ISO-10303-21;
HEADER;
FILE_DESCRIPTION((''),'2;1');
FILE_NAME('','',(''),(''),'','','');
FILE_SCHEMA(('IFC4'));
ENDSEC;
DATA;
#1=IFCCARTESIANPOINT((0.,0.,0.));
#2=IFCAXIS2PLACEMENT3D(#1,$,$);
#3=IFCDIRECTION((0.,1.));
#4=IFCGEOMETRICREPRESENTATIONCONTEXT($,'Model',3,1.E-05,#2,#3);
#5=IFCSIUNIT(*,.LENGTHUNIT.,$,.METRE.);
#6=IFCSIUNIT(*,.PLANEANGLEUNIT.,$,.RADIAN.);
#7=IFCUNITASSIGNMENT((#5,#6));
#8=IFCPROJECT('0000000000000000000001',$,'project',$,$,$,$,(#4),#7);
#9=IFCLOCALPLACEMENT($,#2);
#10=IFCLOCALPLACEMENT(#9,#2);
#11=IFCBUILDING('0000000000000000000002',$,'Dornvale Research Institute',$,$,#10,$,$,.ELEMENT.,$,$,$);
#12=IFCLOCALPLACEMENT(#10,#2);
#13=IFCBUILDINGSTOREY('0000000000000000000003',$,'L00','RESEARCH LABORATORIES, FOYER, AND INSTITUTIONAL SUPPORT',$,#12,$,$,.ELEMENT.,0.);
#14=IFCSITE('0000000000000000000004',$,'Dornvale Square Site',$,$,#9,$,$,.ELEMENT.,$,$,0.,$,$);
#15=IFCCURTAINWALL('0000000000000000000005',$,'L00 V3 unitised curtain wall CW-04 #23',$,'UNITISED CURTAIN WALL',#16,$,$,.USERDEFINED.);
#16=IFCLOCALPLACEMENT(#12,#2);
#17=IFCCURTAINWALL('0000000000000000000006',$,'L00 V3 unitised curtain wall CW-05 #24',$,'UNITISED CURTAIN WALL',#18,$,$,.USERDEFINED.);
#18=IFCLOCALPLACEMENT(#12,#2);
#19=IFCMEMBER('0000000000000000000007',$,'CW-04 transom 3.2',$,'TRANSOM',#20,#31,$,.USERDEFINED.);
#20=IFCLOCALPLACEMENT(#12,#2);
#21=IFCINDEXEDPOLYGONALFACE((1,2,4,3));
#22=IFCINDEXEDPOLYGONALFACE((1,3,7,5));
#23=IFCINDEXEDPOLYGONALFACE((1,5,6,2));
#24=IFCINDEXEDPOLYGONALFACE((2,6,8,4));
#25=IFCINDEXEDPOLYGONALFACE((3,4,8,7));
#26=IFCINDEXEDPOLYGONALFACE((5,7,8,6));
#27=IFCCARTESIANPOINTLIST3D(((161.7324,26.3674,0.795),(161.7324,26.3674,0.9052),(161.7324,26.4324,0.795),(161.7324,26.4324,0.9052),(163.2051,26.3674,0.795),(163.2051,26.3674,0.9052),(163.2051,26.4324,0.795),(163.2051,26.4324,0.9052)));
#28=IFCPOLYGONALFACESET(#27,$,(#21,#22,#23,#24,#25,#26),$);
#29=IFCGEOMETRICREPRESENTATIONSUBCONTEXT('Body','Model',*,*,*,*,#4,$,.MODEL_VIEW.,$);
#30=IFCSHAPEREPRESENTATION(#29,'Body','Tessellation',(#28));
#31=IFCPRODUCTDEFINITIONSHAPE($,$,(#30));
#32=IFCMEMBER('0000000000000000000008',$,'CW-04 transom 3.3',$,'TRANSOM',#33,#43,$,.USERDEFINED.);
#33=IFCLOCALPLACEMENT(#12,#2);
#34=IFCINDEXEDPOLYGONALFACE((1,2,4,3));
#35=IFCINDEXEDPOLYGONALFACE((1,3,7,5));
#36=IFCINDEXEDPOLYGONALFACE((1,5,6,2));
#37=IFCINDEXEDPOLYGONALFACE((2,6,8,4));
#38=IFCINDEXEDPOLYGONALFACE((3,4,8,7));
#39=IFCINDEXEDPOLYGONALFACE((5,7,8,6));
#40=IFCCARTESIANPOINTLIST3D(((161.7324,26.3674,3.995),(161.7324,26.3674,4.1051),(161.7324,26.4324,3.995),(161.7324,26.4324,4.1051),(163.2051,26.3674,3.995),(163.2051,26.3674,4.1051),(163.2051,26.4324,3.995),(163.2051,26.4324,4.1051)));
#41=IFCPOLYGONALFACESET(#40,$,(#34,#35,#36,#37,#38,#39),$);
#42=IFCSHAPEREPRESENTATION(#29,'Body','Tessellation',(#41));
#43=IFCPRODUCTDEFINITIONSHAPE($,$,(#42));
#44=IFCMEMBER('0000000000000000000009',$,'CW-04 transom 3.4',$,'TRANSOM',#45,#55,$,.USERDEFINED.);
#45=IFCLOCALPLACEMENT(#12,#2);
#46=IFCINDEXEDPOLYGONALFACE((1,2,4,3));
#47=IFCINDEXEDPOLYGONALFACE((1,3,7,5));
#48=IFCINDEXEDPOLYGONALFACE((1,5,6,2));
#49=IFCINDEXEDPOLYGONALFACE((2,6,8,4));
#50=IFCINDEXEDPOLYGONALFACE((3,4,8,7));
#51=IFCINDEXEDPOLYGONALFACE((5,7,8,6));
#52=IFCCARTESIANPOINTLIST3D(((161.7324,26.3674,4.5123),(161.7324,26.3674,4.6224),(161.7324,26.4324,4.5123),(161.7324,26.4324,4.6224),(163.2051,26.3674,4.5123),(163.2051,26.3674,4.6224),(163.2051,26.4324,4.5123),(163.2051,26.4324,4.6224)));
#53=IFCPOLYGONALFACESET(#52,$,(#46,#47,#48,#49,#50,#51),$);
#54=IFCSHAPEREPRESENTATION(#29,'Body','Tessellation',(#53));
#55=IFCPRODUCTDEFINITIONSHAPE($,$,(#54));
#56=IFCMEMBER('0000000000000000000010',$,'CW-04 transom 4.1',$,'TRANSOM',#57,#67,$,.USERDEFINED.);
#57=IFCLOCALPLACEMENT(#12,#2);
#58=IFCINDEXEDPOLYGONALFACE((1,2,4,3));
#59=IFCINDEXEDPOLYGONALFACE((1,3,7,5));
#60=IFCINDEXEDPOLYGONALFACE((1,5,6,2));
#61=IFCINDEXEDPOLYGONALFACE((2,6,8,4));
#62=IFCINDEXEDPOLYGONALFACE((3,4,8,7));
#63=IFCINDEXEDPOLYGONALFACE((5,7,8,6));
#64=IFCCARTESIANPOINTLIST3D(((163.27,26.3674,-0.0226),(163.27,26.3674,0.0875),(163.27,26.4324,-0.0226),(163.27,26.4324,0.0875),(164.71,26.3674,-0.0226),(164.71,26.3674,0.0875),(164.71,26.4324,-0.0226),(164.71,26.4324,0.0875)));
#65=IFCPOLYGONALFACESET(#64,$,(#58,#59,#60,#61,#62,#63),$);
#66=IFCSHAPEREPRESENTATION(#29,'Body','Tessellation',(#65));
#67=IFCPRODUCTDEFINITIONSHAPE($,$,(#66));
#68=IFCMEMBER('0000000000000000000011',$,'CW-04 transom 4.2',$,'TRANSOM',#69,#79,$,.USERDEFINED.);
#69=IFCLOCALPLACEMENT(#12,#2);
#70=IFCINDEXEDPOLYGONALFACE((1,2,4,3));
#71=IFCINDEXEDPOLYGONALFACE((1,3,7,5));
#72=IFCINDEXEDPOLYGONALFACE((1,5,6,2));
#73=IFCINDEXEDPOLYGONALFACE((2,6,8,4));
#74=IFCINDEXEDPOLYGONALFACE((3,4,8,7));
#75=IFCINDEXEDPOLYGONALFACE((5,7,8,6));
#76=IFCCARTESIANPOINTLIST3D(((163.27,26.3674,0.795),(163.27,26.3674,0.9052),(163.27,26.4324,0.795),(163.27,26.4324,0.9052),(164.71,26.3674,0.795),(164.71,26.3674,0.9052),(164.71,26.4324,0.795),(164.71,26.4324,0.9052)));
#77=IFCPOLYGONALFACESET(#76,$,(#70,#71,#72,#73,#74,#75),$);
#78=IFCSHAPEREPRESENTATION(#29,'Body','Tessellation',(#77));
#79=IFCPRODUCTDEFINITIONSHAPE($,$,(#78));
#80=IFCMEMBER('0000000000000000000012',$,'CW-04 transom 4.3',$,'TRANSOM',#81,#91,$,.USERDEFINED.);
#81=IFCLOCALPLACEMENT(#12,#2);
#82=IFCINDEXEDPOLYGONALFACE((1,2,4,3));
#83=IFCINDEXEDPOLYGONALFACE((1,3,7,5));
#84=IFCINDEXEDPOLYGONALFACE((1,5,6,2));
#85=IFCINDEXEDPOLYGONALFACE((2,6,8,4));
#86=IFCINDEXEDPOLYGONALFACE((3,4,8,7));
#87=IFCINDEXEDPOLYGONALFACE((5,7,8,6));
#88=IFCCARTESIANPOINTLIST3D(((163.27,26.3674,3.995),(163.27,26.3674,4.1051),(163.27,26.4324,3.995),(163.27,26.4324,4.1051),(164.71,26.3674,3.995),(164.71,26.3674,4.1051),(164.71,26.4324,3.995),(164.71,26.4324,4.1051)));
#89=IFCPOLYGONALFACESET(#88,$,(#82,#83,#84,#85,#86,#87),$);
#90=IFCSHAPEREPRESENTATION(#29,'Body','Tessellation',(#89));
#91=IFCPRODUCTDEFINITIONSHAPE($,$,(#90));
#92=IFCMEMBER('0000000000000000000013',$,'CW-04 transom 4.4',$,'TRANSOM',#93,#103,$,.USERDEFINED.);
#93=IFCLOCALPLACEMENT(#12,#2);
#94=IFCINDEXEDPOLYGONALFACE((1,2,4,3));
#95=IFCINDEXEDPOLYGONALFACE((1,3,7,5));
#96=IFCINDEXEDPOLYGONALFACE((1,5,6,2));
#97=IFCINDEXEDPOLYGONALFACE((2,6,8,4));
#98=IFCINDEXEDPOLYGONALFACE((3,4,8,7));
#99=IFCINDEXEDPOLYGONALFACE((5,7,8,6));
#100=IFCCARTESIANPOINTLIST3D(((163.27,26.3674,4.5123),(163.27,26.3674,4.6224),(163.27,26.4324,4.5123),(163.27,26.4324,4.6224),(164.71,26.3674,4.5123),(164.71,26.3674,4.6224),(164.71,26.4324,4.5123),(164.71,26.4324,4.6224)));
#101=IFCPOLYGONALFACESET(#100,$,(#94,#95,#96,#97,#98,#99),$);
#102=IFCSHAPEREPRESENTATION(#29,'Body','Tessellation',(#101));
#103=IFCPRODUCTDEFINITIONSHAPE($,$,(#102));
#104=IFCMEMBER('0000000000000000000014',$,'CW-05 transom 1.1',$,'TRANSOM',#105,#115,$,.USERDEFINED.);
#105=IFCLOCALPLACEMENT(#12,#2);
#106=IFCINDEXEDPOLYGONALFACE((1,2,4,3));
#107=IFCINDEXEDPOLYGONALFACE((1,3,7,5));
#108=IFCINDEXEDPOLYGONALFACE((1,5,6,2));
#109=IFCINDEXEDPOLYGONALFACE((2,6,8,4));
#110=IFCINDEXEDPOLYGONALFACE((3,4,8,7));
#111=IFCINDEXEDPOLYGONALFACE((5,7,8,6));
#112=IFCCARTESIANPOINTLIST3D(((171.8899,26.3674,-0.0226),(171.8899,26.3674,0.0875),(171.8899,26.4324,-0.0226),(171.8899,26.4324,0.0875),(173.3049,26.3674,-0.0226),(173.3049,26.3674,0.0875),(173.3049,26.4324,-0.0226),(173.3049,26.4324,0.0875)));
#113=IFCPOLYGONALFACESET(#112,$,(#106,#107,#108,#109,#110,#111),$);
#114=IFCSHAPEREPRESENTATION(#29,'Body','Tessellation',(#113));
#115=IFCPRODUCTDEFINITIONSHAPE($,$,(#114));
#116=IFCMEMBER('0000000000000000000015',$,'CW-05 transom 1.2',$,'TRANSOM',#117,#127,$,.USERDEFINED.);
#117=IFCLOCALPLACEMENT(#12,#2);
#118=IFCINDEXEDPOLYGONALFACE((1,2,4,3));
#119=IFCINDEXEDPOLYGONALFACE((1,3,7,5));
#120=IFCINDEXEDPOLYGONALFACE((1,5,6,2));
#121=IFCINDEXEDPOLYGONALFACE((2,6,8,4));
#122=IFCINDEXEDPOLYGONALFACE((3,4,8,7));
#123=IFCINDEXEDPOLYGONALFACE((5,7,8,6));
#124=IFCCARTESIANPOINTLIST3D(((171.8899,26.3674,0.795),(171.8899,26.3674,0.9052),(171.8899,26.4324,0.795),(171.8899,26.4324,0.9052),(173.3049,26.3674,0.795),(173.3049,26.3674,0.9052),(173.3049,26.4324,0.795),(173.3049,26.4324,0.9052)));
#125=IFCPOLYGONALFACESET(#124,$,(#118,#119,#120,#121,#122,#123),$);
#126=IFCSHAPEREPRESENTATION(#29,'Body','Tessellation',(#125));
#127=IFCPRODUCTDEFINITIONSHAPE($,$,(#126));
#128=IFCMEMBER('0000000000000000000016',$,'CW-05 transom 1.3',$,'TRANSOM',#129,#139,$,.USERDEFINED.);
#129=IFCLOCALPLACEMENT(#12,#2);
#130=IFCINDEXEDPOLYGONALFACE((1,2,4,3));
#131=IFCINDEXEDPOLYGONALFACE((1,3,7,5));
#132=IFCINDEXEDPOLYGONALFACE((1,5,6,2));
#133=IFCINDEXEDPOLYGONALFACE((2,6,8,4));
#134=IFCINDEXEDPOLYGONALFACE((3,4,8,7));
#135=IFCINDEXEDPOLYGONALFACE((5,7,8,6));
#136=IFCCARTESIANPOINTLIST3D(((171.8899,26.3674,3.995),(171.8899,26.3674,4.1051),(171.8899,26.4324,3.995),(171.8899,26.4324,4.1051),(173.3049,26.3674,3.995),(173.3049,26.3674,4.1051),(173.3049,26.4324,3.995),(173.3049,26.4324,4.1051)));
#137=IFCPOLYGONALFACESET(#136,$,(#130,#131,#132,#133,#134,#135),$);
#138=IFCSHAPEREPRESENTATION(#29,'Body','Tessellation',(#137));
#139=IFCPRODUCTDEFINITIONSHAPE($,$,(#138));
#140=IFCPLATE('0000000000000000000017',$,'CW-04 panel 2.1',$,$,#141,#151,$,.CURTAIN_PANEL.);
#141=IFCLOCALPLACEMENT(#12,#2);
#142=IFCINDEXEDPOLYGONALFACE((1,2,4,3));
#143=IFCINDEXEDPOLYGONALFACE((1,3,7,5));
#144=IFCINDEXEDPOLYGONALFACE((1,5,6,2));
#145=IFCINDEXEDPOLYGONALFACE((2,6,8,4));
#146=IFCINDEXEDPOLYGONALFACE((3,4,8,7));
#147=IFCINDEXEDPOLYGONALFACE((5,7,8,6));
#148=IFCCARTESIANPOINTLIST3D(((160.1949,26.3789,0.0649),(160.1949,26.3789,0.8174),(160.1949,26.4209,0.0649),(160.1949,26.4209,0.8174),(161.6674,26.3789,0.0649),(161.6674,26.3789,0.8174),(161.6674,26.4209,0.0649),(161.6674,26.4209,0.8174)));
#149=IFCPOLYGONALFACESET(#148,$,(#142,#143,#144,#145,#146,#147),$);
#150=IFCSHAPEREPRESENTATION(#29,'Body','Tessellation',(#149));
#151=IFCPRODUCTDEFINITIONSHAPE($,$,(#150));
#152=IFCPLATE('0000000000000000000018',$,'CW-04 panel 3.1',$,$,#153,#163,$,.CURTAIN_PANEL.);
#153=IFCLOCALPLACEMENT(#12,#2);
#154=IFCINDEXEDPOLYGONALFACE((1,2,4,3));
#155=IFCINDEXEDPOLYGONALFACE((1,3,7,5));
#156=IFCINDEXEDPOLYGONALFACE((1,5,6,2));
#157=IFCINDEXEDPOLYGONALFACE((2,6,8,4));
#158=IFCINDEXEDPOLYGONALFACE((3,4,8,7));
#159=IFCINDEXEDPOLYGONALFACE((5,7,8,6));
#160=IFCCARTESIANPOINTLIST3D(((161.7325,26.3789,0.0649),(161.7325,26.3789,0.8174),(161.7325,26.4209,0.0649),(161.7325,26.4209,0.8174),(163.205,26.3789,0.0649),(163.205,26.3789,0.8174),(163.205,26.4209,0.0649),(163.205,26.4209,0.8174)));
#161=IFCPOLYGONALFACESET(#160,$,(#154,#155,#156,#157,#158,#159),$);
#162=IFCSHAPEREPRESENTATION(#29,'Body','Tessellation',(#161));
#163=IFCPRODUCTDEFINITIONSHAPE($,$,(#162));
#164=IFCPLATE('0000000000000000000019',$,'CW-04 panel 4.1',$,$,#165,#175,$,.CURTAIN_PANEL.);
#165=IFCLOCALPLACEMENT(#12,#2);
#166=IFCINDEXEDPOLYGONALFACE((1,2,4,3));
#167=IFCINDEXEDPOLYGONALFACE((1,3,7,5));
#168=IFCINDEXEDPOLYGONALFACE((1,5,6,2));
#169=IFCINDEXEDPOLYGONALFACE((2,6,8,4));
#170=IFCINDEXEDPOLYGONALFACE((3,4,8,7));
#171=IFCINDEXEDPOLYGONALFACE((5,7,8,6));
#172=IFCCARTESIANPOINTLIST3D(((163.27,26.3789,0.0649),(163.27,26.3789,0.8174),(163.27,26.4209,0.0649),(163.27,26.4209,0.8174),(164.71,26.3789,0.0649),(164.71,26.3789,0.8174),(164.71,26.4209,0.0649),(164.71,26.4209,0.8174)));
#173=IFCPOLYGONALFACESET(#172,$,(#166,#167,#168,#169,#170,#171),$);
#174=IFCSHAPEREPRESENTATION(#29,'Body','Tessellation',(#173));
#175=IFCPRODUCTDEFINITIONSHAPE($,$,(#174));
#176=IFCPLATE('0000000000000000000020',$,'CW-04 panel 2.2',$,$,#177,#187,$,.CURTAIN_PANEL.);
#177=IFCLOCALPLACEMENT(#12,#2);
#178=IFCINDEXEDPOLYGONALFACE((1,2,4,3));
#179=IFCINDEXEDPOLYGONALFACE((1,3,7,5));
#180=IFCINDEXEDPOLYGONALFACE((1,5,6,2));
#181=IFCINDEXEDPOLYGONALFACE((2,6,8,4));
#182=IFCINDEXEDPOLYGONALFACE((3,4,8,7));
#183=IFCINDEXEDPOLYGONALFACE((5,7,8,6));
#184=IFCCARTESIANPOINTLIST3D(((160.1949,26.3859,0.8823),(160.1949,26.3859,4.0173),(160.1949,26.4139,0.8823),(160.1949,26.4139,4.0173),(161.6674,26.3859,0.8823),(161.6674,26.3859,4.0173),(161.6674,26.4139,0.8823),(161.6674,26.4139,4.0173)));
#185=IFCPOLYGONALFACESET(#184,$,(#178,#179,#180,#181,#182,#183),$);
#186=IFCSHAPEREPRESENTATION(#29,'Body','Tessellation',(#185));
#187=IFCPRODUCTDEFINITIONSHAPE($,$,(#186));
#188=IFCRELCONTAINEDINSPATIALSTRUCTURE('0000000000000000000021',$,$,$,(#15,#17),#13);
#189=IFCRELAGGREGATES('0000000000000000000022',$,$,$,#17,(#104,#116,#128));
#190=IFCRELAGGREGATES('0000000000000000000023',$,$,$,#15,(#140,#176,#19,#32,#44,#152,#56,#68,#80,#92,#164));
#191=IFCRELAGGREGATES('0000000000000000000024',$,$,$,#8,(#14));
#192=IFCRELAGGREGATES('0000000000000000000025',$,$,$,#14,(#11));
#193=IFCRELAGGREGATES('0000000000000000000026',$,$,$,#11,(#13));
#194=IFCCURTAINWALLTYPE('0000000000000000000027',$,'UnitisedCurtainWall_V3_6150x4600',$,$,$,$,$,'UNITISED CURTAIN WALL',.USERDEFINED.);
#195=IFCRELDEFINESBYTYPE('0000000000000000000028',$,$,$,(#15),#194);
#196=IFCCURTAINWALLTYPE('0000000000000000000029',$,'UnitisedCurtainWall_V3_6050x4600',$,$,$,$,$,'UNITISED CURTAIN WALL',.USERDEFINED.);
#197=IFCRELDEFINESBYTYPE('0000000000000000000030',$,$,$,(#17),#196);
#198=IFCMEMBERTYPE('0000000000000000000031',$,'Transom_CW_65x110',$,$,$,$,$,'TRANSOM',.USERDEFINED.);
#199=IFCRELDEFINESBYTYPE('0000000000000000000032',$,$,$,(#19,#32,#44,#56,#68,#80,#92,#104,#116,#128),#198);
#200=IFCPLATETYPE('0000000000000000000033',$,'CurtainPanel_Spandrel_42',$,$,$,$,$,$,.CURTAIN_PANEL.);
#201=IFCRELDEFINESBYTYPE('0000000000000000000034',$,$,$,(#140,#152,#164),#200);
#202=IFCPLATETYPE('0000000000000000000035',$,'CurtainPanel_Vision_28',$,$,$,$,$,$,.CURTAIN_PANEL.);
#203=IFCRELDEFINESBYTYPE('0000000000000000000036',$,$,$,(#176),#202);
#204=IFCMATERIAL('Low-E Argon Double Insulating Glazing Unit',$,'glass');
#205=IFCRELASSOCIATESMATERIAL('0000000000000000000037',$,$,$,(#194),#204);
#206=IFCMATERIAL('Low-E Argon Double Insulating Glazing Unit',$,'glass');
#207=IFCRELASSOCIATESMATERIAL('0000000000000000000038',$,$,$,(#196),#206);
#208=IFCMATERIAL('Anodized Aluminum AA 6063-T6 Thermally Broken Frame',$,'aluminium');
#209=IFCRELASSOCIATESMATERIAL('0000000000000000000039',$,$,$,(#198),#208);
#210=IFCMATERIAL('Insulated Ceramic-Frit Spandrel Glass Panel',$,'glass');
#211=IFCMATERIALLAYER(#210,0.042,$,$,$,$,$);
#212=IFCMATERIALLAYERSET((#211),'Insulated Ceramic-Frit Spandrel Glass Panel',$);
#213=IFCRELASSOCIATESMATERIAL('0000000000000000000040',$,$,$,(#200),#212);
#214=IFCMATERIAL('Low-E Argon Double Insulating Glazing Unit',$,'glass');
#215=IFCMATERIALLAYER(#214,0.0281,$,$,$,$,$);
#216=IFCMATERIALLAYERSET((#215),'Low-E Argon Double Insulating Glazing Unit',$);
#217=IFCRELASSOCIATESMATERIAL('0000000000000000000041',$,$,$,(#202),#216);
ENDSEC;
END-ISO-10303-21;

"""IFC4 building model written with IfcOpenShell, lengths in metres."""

from ifc_helpers import new_model, si_unit, direction, frame, origin, origin_2d, place, context, subcontext, project, spatial, rectangle, extrude, material, layer, layer_set, material_profile, profile_set, type_object, element, aggregate, save


model = new_model("IFC4")

# Units and contexts
model_context = context("Model", 3, precision=1e-05, world=origin(), true_north=direction((0.0, 1.0)))
body_context = subcontext(model_context, "Body", "Model", "MODEL_VIEW")
ifc_project = project(units=[si_unit("LENGTHUNIT", "METRE"), si_unit("PLANEANGLEUNIT", "RADIAN")], contexts=[model_context])

# Site, building, storey
site_placement = place(None, origin())
site = spatial("IfcSite", under=ifc_project, at=site_placement, Name="Dornvale Square Site", CompositionType="ELEMENT", RefElevation=0.0)
building_placement = place(site_placement, origin())
building = spatial("IfcBuilding", under=site, at=building_placement, Name="Dornvale Research Institute", CompositionType="ELEMENT")
storey_placement = place(building_placement, origin())
storey = spatial("IfcBuildingStorey", under=building, at=storey_placement, Name="L00", Description="RESEARCH LABORATORIES, FOYER, AND INSTITUTIONAL SUPPORT", CompositionType="ELEMENT", Elevation=0.0)

# Curtain wall
ifc_material_1 = material(Name="Low-E Argon Double Insulating Glazing Unit", Category="glass")
curtain_wall_type_1 = type_object("IfcCurtainWallType", Name="UnitisedCurtainWall_V3_6150x4600", ElementType="UNITISED CURTAIN WALL", PredefinedType="USERDEFINED", material=ifc_material_1)
curtain_wall_1_placement = place(storey_placement, origin())
curtain_wall_1 = element("IfcCurtainWall", 1, at=curtain_wall_1_placement, inside=storey, type_object=curtain_wall_type_1, Name="L00 V3 unitised curtain wall CW-04 #23", ObjectType="UNITISED CURTAIN WALL", PredefinedType="USERDEFINED")

# Curtain wall
ifc_material_2 = material(Name="Low-E Argon Double Insulating Glazing Unit", Category="glass")
curtain_wall_type_2 = type_object("IfcCurtainWallType", Name="UnitisedCurtainWall_V3_6050x4600", ElementType="UNITISED CURTAIN WALL", PredefinedType="USERDEFINED", material=ifc_material_2)
curtain_wall_2_placement = place(storey_placement, origin())
curtain_wall_2 = element("IfcCurtainWall", 2, at=curtain_wall_2_placement, inside=storey, type_object=curtain_wall_type_2, Name="L00 V3 unitised curtain wall CW-05 #24", ObjectType="UNITISED CURTAIN WALL", PredefinedType="USERDEFINED")

# Members
ifc_material_3 = material(Name="Anodized Aluminum AA 6063-T6 Thermally Broken Frame", Category="aluminium")
ifc_material_profile_1 = material_profile(ifc_material_3, rectangle(XDim=0.0649, YDim=0.1101, at=origin_2d()), Name="ALU TRANSOM 65x110")
ifc_profile_set_1 = profile_set([ifc_material_profile_1], Name="Anodized Aluminum AA 6063-T6 Thermally Broken Frame")
member_type_1 = type_object("IfcMemberType", Name="Transom_CW_65x110", ElementType="TRANSOM", PredefinedType="USERDEFINED", material=ifc_profile_set_1)
member_1_placement = place(storey_placement, frame((161.7324, 26.3999, 0.8501), z_axis=(1.0, 0.0, 0.0), x_axis=(0.0, 1.0, 0.0)))
member_1 = element("IfcMember", 3, at=member_1_placement, type_object=member_type_1, Name="CW-04 transom 3.2", ObjectType="TRANSOM", PredefinedType="USERDEFINED", context=body_context, shape_type="SweptSolid", body=[
    extrude(rectangle(XDim=0.0649, YDim=0.1101, at=origin_2d()), origin(), (0.0, 0.0, 1.0), 1.4727),
])
member_2_placement = place(storey_placement, frame((161.7324, 26.3999, 4.05), z_axis=(1.0, 0.0, 0.0), x_axis=(0.0, 1.0, 0.0)))
member_2 = element("IfcMember", 4, at=member_2_placement, type_object=member_type_1, Name="CW-04 transom 3.3", ObjectType="TRANSOM", PredefinedType="USERDEFINED", context=body_context, shape_type="SweptSolid", body=[
    extrude(rectangle(XDim=0.0649, YDim=0.1101, at=origin_2d()), origin(), (0.0, 0.0, 1.0), 1.4727),
])
member_3_placement = place(storey_placement, frame((161.7324, 26.3999, 4.5674), z_axis=(1.0, 0.0, 0.0), x_axis=(0.0, 1.0, 0.0)))
member_3 = element("IfcMember", 5, at=member_3_placement, type_object=member_type_1, Name="CW-04 transom 3.4", ObjectType="TRANSOM", PredefinedType="USERDEFINED", context=body_context, shape_type="SweptSolid", body=[
    extrude(rectangle(XDim=0.0649, YDim=0.1101, at=origin_2d()), origin(), (0.0, 0.0, 1.0), 1.4727),
])
member_4_placement = place(storey_placement, frame((163.27, 26.3999, 0.0325), z_axis=(1.0, 0.0, 0.0), x_axis=(0.0, 1.0, 0.0)))
member_4 = element("IfcMember", 6, at=member_4_placement, type_object=member_type_1, Name="CW-04 transom 4.1", ObjectType="TRANSOM", PredefinedType="USERDEFINED", context=body_context, shape_type="SweptSolid", body=[
    extrude(rectangle(XDim=0.0649, YDim=0.1101, at=origin_2d()), origin(), (0.0, 0.0, 1.0), 1.4399),
])
member_5_placement = place(storey_placement, frame((163.27, 26.3999, 0.8501), z_axis=(1.0, 0.0, 0.0), x_axis=(0.0, 1.0, 0.0)))
member_5 = element("IfcMember", 7, at=member_5_placement, type_object=member_type_1, Name="CW-04 transom 4.2", ObjectType="TRANSOM", PredefinedType="USERDEFINED", context=body_context, shape_type="SweptSolid", body=[
    extrude(rectangle(XDim=0.0649, YDim=0.1101, at=origin_2d()), origin(), (0.0, 0.0, 1.0), 1.4399),
])
member_6_placement = place(storey_placement, frame((163.27, 26.3999, 4.05), z_axis=(1.0, 0.0, 0.0), x_axis=(0.0, 1.0, 0.0)))
member_6 = element("IfcMember", 8, at=member_6_placement, type_object=member_type_1, Name="CW-04 transom 4.3", ObjectType="TRANSOM", PredefinedType="USERDEFINED", context=body_context, shape_type="SweptSolid", body=[
    extrude(rectangle(XDim=0.0649, YDim=0.1101, at=origin_2d()), origin(), (0.0, 0.0, 1.0), 1.4399),
])
member_7_placement = place(storey_placement, frame((163.27, 26.3999, 4.5674), z_axis=(1.0, 0.0, 0.0), x_axis=(0.0, 1.0, 0.0)))
member_7 = element("IfcMember", 9, at=member_7_placement, type_object=member_type_1, Name="CW-04 transom 4.4", ObjectType="TRANSOM", PredefinedType="USERDEFINED", context=body_context, shape_type="SweptSolid", body=[
    extrude(rectangle(XDim=0.0649, YDim=0.1101, at=origin_2d()), origin(), (0.0, 0.0, 1.0), 1.4399),
])
member_8_placement = place(storey_placement, frame((171.8899, 26.3999, 0.0325), z_axis=(1.0, 0.0, 0.0), x_axis=(0.0, 1.0, 0.0)))
member_8 = element("IfcMember", 10, at=member_8_placement, type_object=member_type_1, Name="CW-05 transom 1.1", ObjectType="TRANSOM", PredefinedType="USERDEFINED", context=body_context, shape_type="SweptSolid", body=[
    extrude(rectangle(XDim=0.0649, YDim=0.1101, at=origin_2d()), origin(), (0.0, 0.0, 1.0), 1.415),
])
member_9_placement = place(storey_placement, frame((171.8899, 26.3999, 0.8501), z_axis=(1.0, 0.0, 0.0), x_axis=(0.0, 1.0, 0.0)))
member_9 = element("IfcMember", 11, at=member_9_placement, type_object=member_type_1, Name="CW-05 transom 1.2", ObjectType="TRANSOM", PredefinedType="USERDEFINED", context=body_context, shape_type="SweptSolid", body=[
    extrude(rectangle(XDim=0.0649, YDim=0.1101, at=origin_2d()), origin(), (0.0, 0.0, 1.0), 1.415),
])
member_10_placement = place(storey_placement, frame((171.8899, 26.3999, 4.05), z_axis=(1.0, 0.0, 0.0), x_axis=(0.0, 1.0, 0.0)))
member_10 = element("IfcMember", 12, at=member_10_placement, type_object=member_type_1, Name="CW-05 transom 1.3", ObjectType="TRANSOM", PredefinedType="USERDEFINED", context=body_context, shape_type="SweptSolid", body=[
    extrude(rectangle(XDim=0.0649, YDim=0.1101, at=origin_2d()), origin(), (0.0, 0.0, 1.0), 1.415),
])
aggregate(curtain_wall_2, [member_8, member_9, member_10])

# Plates
ifc_material_4 = material(Name="Insulated Ceramic-Frit Spandrel Glass Panel", Category="glass")
ifc_layer_1 = layer(ifc_material_4, 0.042)
ifc_layer_set_1 = layer_set([ifc_layer_1], Name="Insulated Ceramic-Frit Spandrel Glass Panel")
plate_type_1 = type_object("IfcPlateType", Name="CurtainPanel_Spandrel_42", PredefinedType="CURTAIN_PANEL", material=ifc_layer_set_1)
plate_1_placement = place(storey_placement, frame((160.9312, 26.3999, 0.0649), z_axis=(0.0, 0.0, 1.0), x_axis=(1.0, 0.0, 0.0)))
plate_1 = element("IfcPlate", 13, at=plate_1_placement, type_object=plate_type_1, Name="CW-04 panel 2.1", PredefinedType="CURTAIN_PANEL", context=body_context, shape_type="SweptSolid", body=[
    extrude(rectangle(XDim=1.4724, YDim=0.042, at=origin_2d()), origin(), (0.0, 0.0, 1.0), 0.7524),
])
plate_2_placement = place(storey_placement, frame((162.4688, 26.3999, 0.0649), z_axis=(0.0, 0.0, 1.0), x_axis=(1.0, 0.0, 0.0)))
plate_2 = element("IfcPlate", 14, at=plate_2_placement, type_object=plate_type_1, Name="CW-04 panel 3.1", PredefinedType="CURTAIN_PANEL", context=body_context, shape_type="SweptSolid", body=[
    extrude(rectangle(XDim=1.4724, YDim=0.042, at=origin_2d()), origin(), (0.0, 0.0, 1.0), 0.7524),
])
plate_3_placement = place(storey_placement, frame((163.99, 26.3999, 0.0649), z_axis=(0.0, 0.0, 1.0), x_axis=(1.0, 0.0, 0.0)))
plate_3 = element("IfcPlate", 15, at=plate_3_placement, type_object=plate_type_1, Name="CW-04 panel 4.1", PredefinedType="CURTAIN_PANEL", context=body_context, shape_type="SweptSolid", body=[
    extrude(rectangle(XDim=1.4399, YDim=0.042, at=origin_2d()), origin(), (0.0, 0.0, 1.0), 0.7524),
])
ifc_material_5 = material(Name="Low-E Argon Double Insulating Glazing Unit", Category="glass")
ifc_layer_2 = layer(ifc_material_5, 0.0281)
ifc_layer_set_2 = layer_set([ifc_layer_2], Name="Low-E Argon Double Insulating Glazing Unit")
plate_type_2 = type_object("IfcPlateType", Name="CurtainPanel_Vision_28", PredefinedType="CURTAIN_PANEL", material=ifc_layer_set_2)
plate_4_placement = place(storey_placement, frame((160.9312, 26.3999, 0.8823), z_axis=(0.0, 0.0, 1.0), x_axis=(1.0, 0.0, 0.0)))
plate_4 = element("IfcPlate", 16, at=plate_4_placement, type_object=plate_type_2, Name="CW-04 panel 2.2", PredefinedType="CURTAIN_PANEL", context=body_context, shape_type="SweptSolid", body=[
    extrude(rectangle(XDim=1.4724, YDim=0.0281, at=origin_2d()), origin(), (0.0, 0.0, 1.0), 3.135),
])
aggregate(curtain_wall_1, [plate_1, plate_4, member_1, member_2, member_3, plate_2, member_4, member_5, member_6, member_7, plate_3])

save(model, "model.ifc")
